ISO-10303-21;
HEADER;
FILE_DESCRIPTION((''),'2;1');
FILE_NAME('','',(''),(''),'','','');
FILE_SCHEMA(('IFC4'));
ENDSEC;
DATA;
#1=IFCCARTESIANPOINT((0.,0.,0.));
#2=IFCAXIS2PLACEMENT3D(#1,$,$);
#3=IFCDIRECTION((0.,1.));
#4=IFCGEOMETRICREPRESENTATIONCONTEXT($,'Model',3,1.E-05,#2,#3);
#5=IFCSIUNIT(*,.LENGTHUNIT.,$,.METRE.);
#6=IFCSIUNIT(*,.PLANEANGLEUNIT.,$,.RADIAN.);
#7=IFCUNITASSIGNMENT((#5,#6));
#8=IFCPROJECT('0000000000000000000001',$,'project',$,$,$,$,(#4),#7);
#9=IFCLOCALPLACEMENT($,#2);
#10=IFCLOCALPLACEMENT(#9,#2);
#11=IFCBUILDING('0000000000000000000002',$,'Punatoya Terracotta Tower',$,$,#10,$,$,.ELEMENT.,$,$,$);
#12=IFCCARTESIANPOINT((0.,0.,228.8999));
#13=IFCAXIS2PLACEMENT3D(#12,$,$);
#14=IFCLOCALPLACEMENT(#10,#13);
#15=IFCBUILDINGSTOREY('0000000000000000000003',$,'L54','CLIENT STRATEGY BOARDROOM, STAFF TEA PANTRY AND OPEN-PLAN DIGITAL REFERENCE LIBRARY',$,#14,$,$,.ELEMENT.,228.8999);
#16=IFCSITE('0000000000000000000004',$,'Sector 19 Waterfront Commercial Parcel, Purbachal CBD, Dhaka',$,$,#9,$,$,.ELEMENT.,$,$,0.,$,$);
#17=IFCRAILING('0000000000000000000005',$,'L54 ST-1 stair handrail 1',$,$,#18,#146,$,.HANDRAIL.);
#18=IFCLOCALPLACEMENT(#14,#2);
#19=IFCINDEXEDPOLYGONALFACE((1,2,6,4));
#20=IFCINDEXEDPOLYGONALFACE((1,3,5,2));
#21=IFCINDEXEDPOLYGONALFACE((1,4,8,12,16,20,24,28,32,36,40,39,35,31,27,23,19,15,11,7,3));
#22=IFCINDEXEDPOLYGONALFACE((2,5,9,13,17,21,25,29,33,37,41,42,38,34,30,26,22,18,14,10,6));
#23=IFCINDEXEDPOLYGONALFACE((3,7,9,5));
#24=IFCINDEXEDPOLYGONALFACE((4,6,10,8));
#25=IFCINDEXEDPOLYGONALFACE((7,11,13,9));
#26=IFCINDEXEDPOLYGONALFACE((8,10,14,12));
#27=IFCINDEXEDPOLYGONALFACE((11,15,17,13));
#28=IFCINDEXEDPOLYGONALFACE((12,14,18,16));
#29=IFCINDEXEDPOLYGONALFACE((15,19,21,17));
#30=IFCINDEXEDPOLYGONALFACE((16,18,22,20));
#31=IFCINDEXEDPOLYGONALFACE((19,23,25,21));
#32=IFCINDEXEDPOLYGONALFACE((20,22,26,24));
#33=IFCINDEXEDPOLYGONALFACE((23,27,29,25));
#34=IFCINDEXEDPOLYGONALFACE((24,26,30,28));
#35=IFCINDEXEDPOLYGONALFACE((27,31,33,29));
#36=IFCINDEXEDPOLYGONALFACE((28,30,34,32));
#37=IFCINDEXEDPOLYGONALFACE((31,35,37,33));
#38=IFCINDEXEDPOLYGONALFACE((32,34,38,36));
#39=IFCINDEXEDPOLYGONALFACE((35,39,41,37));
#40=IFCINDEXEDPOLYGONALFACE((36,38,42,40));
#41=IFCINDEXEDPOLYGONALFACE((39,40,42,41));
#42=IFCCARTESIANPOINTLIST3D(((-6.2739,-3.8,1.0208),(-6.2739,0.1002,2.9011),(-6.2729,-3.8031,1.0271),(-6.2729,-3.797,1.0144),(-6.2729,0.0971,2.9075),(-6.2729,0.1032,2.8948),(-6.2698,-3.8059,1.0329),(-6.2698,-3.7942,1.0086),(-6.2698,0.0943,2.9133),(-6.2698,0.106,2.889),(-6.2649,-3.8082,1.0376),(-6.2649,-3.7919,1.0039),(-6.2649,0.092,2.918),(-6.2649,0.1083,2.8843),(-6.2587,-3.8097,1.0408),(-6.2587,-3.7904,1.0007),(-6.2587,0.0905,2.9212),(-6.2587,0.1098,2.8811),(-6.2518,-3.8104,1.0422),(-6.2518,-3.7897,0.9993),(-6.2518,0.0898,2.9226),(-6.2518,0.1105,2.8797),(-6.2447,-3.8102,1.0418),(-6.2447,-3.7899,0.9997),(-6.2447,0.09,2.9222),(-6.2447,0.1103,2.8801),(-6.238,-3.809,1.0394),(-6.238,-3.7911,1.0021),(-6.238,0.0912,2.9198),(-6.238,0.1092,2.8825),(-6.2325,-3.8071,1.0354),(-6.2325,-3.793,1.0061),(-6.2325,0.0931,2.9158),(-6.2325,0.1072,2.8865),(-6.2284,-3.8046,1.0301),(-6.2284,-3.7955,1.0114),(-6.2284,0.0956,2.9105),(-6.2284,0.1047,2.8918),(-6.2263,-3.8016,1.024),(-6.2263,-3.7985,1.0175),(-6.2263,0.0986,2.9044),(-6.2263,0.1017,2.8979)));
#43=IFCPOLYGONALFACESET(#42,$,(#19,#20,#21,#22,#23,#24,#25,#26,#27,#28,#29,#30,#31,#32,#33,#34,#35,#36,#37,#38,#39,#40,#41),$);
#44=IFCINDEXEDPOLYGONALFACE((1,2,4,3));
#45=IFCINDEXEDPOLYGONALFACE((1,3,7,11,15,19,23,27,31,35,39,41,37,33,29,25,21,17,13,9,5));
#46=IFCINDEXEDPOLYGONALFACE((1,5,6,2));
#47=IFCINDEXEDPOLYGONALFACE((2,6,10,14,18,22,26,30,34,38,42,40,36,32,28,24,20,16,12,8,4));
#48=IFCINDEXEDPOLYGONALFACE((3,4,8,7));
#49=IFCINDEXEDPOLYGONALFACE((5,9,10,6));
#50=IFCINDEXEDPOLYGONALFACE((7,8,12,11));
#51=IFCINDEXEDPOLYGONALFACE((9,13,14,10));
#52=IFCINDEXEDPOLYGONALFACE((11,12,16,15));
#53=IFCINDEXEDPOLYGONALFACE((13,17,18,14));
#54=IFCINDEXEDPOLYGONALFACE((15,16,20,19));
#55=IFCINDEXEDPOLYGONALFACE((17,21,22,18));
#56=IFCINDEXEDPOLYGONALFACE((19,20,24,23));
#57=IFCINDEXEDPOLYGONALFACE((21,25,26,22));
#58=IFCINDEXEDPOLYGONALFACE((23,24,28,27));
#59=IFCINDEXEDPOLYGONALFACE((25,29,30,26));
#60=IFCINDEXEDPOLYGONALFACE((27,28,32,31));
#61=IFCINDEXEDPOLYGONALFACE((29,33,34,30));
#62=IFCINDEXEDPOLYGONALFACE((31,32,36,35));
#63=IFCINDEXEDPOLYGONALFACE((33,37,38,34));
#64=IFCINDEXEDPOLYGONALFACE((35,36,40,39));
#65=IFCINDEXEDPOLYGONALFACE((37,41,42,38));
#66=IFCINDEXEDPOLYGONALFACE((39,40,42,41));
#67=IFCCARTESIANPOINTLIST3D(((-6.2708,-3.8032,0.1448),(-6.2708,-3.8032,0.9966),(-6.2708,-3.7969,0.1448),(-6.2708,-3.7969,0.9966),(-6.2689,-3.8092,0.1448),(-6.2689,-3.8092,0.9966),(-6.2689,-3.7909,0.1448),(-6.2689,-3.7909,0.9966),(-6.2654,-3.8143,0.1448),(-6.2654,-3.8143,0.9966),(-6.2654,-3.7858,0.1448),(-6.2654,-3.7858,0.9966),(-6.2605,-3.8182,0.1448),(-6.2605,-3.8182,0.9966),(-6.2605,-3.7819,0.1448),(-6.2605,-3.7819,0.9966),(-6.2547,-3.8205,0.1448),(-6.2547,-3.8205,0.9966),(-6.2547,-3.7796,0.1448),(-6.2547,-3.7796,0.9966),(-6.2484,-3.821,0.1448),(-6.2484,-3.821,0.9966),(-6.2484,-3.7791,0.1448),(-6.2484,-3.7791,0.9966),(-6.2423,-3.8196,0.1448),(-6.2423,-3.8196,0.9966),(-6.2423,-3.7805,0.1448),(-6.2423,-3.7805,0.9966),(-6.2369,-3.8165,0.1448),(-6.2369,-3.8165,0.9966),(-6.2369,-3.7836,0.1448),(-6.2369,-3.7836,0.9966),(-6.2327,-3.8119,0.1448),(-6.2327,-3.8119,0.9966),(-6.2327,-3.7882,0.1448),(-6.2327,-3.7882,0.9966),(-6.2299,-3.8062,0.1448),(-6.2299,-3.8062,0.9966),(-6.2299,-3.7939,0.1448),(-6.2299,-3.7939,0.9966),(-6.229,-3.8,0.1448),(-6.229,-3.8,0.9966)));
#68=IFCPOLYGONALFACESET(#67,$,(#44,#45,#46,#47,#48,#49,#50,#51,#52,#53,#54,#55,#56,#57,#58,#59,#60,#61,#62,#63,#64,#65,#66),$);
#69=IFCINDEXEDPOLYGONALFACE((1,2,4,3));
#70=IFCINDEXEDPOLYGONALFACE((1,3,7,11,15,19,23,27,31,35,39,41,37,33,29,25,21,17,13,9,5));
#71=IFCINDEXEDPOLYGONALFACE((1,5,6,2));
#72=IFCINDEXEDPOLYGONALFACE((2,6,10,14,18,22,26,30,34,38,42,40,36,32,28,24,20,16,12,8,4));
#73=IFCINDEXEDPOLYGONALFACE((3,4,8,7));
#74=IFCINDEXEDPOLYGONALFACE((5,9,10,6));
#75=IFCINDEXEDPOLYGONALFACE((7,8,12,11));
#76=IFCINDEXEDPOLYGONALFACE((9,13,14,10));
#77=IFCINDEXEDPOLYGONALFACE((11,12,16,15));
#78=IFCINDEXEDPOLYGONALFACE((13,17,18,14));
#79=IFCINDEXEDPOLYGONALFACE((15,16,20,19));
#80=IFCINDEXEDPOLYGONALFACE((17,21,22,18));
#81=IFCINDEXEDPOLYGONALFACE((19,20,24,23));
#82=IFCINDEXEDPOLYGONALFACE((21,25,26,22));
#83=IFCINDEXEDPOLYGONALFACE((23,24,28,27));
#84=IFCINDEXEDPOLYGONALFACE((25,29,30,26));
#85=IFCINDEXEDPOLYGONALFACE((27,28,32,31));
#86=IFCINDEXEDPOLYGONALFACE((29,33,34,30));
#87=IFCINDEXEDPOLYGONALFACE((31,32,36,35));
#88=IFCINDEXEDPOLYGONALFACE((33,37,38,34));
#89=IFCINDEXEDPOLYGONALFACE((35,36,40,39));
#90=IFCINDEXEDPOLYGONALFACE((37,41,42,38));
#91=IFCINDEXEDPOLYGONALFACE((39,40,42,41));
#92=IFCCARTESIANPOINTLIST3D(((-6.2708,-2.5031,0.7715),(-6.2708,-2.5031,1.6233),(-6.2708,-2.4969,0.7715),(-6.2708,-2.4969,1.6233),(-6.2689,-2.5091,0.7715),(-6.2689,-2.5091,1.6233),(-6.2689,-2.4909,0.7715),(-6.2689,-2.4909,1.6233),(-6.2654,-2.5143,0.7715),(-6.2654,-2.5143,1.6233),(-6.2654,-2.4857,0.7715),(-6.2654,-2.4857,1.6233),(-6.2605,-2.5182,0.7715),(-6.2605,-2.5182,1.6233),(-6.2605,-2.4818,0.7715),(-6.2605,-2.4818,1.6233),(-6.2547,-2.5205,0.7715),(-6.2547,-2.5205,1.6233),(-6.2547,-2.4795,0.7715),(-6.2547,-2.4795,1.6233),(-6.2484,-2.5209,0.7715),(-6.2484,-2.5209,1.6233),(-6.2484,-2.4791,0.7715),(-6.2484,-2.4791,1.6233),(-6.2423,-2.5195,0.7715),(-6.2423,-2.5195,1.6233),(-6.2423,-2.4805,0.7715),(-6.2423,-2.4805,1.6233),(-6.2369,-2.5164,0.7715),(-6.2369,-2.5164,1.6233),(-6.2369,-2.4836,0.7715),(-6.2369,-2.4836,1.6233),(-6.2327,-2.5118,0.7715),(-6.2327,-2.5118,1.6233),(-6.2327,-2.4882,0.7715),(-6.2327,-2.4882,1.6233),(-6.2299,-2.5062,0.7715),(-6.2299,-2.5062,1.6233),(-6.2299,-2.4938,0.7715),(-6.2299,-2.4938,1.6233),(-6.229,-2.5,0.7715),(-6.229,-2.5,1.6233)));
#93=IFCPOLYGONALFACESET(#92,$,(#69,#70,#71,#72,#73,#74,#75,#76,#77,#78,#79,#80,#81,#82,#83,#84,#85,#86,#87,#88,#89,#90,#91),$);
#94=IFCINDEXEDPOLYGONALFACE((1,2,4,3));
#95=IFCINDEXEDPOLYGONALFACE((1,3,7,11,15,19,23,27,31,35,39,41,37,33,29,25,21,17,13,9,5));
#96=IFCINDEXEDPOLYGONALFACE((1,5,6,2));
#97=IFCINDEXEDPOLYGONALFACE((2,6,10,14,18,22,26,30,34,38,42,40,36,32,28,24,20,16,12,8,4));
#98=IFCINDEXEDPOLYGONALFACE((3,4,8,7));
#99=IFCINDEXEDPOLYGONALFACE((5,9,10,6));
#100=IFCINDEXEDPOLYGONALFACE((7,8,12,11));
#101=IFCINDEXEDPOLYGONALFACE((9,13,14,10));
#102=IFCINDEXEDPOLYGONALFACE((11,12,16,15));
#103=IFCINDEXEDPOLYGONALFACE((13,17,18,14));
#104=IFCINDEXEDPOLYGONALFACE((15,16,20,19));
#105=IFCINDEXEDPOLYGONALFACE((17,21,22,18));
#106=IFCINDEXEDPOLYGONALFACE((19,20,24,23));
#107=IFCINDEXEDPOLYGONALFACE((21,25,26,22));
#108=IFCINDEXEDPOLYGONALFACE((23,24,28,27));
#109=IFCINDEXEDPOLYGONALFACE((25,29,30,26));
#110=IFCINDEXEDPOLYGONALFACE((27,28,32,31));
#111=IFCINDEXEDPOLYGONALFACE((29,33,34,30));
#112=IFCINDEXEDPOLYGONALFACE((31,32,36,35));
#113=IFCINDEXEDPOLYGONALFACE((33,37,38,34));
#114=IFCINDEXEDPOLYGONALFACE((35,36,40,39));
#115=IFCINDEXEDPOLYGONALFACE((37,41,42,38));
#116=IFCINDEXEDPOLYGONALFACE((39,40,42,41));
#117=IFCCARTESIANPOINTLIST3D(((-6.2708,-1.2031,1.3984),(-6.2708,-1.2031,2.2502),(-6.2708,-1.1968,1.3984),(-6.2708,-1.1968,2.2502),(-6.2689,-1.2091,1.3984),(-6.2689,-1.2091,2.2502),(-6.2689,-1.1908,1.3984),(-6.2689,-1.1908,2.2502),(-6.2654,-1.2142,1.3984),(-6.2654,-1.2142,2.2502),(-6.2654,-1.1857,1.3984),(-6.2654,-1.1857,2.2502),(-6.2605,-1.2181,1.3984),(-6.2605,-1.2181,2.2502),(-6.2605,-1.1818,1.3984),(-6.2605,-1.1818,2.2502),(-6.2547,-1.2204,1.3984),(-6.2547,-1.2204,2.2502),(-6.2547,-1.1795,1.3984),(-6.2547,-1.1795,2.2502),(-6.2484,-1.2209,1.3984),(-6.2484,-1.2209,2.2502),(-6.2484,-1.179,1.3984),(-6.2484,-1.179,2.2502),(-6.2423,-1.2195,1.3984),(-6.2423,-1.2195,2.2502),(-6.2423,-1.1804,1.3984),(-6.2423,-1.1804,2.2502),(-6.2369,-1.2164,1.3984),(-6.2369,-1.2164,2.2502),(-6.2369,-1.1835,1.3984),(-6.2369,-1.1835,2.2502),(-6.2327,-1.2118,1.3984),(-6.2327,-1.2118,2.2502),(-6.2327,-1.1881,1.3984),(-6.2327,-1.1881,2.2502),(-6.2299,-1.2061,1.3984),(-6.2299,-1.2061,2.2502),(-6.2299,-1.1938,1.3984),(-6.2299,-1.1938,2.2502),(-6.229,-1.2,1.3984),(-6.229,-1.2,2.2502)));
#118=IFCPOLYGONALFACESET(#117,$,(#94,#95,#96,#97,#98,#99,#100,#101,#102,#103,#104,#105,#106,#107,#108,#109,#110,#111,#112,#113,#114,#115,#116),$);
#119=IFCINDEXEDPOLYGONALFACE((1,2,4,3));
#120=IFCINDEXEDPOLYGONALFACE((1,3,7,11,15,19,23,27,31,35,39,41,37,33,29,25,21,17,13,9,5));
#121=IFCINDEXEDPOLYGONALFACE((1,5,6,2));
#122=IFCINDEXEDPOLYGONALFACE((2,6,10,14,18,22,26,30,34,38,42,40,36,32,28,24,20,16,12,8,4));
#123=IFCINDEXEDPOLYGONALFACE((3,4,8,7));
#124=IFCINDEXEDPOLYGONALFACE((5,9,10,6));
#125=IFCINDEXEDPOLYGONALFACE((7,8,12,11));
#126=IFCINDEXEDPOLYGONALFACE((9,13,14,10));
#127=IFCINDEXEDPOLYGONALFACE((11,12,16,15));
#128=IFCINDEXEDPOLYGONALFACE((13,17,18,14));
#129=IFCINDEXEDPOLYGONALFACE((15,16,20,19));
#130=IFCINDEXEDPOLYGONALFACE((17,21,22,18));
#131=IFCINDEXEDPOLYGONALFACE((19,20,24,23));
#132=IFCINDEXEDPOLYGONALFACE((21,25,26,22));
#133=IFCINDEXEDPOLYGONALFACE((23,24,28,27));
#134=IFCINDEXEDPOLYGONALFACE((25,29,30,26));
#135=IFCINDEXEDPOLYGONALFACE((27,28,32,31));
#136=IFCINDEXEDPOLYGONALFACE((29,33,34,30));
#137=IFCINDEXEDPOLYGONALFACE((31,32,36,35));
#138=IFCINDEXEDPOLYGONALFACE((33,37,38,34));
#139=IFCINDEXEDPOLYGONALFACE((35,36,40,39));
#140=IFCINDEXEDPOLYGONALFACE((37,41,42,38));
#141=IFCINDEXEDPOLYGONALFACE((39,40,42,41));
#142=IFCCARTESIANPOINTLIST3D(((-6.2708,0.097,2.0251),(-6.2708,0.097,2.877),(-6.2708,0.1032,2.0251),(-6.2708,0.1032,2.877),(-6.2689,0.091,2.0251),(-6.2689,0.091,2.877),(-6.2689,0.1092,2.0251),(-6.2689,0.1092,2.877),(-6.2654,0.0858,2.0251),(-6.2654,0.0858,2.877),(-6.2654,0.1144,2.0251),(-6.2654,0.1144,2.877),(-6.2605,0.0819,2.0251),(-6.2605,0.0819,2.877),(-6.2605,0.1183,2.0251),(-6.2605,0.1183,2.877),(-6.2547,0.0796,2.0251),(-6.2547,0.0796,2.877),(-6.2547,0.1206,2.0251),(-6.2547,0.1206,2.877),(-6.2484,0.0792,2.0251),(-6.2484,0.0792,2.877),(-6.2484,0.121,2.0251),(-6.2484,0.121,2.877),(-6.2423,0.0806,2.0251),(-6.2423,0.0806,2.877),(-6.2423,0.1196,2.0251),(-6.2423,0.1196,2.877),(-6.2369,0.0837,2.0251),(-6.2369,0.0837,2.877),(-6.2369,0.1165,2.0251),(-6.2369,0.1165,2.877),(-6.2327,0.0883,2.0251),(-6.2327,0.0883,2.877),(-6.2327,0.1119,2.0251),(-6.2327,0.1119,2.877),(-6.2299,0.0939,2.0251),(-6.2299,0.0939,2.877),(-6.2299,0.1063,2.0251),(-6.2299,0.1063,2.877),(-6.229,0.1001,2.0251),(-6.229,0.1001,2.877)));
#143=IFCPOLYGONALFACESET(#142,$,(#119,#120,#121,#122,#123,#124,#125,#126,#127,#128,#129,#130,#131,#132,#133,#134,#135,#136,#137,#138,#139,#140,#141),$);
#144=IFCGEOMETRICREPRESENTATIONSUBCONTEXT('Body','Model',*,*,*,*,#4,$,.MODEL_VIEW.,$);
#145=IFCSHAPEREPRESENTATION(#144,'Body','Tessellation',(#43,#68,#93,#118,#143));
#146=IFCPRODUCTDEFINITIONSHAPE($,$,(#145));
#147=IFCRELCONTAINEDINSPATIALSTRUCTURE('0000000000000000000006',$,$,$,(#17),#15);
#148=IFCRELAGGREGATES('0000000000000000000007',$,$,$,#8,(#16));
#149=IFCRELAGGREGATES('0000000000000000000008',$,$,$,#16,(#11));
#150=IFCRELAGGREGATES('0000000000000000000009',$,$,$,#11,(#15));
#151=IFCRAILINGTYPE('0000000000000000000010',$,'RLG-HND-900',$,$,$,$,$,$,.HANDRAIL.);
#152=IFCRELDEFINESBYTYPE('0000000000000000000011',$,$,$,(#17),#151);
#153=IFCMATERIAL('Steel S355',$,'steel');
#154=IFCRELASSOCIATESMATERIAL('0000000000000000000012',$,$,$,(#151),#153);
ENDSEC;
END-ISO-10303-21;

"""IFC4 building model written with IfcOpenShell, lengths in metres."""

from ifc_helpers import new_model, si_unit, direction, frame, origin, origin_2d, place, context, subcontext, project, spatial, circle, extrude, material, type_object, element, save


model = new_model("IFC4")

# Units and contexts
model_context = context("Model", 3, precision=1e-05, world=origin(), true_north=direction((0.0, 1.0)))
body_context = subcontext(model_context, "Body", "Model", "MODEL_VIEW")
ifc_project = project(units=[si_unit("LENGTHUNIT", "METRE"), si_unit("PLANEANGLEUNIT", "RADIAN")], contexts=[model_context])

# Site, building, storey
site_placement = place(None, origin())
site = spatial("IfcSite", under=ifc_project, at=site_placement, Name="Sector 19 Waterfront Commercial Parcel, Purbachal CBD, Dhaka", CompositionType="ELEMENT", RefElevation=0.0)
building_placement = place(site_placement, origin())
building = spatial("IfcBuilding", under=site, at=building_placement, Name="Punatoya Terracotta Tower", CompositionType="ELEMENT")
storey_placement = place(building_placement, frame((0.0, 0.0, 228.8999)))
storey = spatial("IfcBuildingStorey", under=building, at=storey_placement, Name="L54", Description="CLIENT STRATEGY BOARDROOM, STAFF TEA PANTRY AND OPEN-PLAN DIGITAL REFERENCE LIBRARY", CompositionType="ELEMENT", Elevation=228.8999)

# Railing
ifc_material_1 = material(Name="Steel S355", Category="steel")
railing_type_1 = type_object("IfcRailingType", Name="RLG-HND-900", PredefinedType="HANDRAIL", material=ifc_material_1)
railing_1_placement = place(storey_placement, frame((-6.25, -3.8, 0.1448)))
element("IfcRailing", 1, at=railing_1_placement, inside=storey, type_object=railing_type_1, Name="L54 ST-1 stair handrail 1", PredefinedType="HANDRAIL", context=body_context, shape_type="SweptSolid", body=[
    extrude(circle(Radius=0.0239, at=origin_2d()), frame((0.0, 0.0, 0.876), z_axis=(0.0, 0.900774, 0.434289), x_axis=(-1.0, 0.0, 0.0)), (0.0, 0.0, 1.0), 4.3298),
    extrude(circle(Radius=0.021, at=origin_2d()), origin(), (0.0, 0.0, 1.0), 0.8518),
    extrude(circle(Radius=0.021, at=origin_2d()), frame((0.0, 1.3, 0.6267)), (0.0, 0.0, 1.0), 0.8518),
    extrude(circle(Radius=0.021, at=origin_2d()), frame((0.0, 2.6001, 1.2537)), (0.0, 0.0, 1.0), 0.8518),
    extrude(circle(Radius=0.021, at=origin_2d()), frame((0.0, 3.9001, 1.8804)), (0.0, 0.0, 1.0), 0.8518),
])

save(model, "model.ifc")
